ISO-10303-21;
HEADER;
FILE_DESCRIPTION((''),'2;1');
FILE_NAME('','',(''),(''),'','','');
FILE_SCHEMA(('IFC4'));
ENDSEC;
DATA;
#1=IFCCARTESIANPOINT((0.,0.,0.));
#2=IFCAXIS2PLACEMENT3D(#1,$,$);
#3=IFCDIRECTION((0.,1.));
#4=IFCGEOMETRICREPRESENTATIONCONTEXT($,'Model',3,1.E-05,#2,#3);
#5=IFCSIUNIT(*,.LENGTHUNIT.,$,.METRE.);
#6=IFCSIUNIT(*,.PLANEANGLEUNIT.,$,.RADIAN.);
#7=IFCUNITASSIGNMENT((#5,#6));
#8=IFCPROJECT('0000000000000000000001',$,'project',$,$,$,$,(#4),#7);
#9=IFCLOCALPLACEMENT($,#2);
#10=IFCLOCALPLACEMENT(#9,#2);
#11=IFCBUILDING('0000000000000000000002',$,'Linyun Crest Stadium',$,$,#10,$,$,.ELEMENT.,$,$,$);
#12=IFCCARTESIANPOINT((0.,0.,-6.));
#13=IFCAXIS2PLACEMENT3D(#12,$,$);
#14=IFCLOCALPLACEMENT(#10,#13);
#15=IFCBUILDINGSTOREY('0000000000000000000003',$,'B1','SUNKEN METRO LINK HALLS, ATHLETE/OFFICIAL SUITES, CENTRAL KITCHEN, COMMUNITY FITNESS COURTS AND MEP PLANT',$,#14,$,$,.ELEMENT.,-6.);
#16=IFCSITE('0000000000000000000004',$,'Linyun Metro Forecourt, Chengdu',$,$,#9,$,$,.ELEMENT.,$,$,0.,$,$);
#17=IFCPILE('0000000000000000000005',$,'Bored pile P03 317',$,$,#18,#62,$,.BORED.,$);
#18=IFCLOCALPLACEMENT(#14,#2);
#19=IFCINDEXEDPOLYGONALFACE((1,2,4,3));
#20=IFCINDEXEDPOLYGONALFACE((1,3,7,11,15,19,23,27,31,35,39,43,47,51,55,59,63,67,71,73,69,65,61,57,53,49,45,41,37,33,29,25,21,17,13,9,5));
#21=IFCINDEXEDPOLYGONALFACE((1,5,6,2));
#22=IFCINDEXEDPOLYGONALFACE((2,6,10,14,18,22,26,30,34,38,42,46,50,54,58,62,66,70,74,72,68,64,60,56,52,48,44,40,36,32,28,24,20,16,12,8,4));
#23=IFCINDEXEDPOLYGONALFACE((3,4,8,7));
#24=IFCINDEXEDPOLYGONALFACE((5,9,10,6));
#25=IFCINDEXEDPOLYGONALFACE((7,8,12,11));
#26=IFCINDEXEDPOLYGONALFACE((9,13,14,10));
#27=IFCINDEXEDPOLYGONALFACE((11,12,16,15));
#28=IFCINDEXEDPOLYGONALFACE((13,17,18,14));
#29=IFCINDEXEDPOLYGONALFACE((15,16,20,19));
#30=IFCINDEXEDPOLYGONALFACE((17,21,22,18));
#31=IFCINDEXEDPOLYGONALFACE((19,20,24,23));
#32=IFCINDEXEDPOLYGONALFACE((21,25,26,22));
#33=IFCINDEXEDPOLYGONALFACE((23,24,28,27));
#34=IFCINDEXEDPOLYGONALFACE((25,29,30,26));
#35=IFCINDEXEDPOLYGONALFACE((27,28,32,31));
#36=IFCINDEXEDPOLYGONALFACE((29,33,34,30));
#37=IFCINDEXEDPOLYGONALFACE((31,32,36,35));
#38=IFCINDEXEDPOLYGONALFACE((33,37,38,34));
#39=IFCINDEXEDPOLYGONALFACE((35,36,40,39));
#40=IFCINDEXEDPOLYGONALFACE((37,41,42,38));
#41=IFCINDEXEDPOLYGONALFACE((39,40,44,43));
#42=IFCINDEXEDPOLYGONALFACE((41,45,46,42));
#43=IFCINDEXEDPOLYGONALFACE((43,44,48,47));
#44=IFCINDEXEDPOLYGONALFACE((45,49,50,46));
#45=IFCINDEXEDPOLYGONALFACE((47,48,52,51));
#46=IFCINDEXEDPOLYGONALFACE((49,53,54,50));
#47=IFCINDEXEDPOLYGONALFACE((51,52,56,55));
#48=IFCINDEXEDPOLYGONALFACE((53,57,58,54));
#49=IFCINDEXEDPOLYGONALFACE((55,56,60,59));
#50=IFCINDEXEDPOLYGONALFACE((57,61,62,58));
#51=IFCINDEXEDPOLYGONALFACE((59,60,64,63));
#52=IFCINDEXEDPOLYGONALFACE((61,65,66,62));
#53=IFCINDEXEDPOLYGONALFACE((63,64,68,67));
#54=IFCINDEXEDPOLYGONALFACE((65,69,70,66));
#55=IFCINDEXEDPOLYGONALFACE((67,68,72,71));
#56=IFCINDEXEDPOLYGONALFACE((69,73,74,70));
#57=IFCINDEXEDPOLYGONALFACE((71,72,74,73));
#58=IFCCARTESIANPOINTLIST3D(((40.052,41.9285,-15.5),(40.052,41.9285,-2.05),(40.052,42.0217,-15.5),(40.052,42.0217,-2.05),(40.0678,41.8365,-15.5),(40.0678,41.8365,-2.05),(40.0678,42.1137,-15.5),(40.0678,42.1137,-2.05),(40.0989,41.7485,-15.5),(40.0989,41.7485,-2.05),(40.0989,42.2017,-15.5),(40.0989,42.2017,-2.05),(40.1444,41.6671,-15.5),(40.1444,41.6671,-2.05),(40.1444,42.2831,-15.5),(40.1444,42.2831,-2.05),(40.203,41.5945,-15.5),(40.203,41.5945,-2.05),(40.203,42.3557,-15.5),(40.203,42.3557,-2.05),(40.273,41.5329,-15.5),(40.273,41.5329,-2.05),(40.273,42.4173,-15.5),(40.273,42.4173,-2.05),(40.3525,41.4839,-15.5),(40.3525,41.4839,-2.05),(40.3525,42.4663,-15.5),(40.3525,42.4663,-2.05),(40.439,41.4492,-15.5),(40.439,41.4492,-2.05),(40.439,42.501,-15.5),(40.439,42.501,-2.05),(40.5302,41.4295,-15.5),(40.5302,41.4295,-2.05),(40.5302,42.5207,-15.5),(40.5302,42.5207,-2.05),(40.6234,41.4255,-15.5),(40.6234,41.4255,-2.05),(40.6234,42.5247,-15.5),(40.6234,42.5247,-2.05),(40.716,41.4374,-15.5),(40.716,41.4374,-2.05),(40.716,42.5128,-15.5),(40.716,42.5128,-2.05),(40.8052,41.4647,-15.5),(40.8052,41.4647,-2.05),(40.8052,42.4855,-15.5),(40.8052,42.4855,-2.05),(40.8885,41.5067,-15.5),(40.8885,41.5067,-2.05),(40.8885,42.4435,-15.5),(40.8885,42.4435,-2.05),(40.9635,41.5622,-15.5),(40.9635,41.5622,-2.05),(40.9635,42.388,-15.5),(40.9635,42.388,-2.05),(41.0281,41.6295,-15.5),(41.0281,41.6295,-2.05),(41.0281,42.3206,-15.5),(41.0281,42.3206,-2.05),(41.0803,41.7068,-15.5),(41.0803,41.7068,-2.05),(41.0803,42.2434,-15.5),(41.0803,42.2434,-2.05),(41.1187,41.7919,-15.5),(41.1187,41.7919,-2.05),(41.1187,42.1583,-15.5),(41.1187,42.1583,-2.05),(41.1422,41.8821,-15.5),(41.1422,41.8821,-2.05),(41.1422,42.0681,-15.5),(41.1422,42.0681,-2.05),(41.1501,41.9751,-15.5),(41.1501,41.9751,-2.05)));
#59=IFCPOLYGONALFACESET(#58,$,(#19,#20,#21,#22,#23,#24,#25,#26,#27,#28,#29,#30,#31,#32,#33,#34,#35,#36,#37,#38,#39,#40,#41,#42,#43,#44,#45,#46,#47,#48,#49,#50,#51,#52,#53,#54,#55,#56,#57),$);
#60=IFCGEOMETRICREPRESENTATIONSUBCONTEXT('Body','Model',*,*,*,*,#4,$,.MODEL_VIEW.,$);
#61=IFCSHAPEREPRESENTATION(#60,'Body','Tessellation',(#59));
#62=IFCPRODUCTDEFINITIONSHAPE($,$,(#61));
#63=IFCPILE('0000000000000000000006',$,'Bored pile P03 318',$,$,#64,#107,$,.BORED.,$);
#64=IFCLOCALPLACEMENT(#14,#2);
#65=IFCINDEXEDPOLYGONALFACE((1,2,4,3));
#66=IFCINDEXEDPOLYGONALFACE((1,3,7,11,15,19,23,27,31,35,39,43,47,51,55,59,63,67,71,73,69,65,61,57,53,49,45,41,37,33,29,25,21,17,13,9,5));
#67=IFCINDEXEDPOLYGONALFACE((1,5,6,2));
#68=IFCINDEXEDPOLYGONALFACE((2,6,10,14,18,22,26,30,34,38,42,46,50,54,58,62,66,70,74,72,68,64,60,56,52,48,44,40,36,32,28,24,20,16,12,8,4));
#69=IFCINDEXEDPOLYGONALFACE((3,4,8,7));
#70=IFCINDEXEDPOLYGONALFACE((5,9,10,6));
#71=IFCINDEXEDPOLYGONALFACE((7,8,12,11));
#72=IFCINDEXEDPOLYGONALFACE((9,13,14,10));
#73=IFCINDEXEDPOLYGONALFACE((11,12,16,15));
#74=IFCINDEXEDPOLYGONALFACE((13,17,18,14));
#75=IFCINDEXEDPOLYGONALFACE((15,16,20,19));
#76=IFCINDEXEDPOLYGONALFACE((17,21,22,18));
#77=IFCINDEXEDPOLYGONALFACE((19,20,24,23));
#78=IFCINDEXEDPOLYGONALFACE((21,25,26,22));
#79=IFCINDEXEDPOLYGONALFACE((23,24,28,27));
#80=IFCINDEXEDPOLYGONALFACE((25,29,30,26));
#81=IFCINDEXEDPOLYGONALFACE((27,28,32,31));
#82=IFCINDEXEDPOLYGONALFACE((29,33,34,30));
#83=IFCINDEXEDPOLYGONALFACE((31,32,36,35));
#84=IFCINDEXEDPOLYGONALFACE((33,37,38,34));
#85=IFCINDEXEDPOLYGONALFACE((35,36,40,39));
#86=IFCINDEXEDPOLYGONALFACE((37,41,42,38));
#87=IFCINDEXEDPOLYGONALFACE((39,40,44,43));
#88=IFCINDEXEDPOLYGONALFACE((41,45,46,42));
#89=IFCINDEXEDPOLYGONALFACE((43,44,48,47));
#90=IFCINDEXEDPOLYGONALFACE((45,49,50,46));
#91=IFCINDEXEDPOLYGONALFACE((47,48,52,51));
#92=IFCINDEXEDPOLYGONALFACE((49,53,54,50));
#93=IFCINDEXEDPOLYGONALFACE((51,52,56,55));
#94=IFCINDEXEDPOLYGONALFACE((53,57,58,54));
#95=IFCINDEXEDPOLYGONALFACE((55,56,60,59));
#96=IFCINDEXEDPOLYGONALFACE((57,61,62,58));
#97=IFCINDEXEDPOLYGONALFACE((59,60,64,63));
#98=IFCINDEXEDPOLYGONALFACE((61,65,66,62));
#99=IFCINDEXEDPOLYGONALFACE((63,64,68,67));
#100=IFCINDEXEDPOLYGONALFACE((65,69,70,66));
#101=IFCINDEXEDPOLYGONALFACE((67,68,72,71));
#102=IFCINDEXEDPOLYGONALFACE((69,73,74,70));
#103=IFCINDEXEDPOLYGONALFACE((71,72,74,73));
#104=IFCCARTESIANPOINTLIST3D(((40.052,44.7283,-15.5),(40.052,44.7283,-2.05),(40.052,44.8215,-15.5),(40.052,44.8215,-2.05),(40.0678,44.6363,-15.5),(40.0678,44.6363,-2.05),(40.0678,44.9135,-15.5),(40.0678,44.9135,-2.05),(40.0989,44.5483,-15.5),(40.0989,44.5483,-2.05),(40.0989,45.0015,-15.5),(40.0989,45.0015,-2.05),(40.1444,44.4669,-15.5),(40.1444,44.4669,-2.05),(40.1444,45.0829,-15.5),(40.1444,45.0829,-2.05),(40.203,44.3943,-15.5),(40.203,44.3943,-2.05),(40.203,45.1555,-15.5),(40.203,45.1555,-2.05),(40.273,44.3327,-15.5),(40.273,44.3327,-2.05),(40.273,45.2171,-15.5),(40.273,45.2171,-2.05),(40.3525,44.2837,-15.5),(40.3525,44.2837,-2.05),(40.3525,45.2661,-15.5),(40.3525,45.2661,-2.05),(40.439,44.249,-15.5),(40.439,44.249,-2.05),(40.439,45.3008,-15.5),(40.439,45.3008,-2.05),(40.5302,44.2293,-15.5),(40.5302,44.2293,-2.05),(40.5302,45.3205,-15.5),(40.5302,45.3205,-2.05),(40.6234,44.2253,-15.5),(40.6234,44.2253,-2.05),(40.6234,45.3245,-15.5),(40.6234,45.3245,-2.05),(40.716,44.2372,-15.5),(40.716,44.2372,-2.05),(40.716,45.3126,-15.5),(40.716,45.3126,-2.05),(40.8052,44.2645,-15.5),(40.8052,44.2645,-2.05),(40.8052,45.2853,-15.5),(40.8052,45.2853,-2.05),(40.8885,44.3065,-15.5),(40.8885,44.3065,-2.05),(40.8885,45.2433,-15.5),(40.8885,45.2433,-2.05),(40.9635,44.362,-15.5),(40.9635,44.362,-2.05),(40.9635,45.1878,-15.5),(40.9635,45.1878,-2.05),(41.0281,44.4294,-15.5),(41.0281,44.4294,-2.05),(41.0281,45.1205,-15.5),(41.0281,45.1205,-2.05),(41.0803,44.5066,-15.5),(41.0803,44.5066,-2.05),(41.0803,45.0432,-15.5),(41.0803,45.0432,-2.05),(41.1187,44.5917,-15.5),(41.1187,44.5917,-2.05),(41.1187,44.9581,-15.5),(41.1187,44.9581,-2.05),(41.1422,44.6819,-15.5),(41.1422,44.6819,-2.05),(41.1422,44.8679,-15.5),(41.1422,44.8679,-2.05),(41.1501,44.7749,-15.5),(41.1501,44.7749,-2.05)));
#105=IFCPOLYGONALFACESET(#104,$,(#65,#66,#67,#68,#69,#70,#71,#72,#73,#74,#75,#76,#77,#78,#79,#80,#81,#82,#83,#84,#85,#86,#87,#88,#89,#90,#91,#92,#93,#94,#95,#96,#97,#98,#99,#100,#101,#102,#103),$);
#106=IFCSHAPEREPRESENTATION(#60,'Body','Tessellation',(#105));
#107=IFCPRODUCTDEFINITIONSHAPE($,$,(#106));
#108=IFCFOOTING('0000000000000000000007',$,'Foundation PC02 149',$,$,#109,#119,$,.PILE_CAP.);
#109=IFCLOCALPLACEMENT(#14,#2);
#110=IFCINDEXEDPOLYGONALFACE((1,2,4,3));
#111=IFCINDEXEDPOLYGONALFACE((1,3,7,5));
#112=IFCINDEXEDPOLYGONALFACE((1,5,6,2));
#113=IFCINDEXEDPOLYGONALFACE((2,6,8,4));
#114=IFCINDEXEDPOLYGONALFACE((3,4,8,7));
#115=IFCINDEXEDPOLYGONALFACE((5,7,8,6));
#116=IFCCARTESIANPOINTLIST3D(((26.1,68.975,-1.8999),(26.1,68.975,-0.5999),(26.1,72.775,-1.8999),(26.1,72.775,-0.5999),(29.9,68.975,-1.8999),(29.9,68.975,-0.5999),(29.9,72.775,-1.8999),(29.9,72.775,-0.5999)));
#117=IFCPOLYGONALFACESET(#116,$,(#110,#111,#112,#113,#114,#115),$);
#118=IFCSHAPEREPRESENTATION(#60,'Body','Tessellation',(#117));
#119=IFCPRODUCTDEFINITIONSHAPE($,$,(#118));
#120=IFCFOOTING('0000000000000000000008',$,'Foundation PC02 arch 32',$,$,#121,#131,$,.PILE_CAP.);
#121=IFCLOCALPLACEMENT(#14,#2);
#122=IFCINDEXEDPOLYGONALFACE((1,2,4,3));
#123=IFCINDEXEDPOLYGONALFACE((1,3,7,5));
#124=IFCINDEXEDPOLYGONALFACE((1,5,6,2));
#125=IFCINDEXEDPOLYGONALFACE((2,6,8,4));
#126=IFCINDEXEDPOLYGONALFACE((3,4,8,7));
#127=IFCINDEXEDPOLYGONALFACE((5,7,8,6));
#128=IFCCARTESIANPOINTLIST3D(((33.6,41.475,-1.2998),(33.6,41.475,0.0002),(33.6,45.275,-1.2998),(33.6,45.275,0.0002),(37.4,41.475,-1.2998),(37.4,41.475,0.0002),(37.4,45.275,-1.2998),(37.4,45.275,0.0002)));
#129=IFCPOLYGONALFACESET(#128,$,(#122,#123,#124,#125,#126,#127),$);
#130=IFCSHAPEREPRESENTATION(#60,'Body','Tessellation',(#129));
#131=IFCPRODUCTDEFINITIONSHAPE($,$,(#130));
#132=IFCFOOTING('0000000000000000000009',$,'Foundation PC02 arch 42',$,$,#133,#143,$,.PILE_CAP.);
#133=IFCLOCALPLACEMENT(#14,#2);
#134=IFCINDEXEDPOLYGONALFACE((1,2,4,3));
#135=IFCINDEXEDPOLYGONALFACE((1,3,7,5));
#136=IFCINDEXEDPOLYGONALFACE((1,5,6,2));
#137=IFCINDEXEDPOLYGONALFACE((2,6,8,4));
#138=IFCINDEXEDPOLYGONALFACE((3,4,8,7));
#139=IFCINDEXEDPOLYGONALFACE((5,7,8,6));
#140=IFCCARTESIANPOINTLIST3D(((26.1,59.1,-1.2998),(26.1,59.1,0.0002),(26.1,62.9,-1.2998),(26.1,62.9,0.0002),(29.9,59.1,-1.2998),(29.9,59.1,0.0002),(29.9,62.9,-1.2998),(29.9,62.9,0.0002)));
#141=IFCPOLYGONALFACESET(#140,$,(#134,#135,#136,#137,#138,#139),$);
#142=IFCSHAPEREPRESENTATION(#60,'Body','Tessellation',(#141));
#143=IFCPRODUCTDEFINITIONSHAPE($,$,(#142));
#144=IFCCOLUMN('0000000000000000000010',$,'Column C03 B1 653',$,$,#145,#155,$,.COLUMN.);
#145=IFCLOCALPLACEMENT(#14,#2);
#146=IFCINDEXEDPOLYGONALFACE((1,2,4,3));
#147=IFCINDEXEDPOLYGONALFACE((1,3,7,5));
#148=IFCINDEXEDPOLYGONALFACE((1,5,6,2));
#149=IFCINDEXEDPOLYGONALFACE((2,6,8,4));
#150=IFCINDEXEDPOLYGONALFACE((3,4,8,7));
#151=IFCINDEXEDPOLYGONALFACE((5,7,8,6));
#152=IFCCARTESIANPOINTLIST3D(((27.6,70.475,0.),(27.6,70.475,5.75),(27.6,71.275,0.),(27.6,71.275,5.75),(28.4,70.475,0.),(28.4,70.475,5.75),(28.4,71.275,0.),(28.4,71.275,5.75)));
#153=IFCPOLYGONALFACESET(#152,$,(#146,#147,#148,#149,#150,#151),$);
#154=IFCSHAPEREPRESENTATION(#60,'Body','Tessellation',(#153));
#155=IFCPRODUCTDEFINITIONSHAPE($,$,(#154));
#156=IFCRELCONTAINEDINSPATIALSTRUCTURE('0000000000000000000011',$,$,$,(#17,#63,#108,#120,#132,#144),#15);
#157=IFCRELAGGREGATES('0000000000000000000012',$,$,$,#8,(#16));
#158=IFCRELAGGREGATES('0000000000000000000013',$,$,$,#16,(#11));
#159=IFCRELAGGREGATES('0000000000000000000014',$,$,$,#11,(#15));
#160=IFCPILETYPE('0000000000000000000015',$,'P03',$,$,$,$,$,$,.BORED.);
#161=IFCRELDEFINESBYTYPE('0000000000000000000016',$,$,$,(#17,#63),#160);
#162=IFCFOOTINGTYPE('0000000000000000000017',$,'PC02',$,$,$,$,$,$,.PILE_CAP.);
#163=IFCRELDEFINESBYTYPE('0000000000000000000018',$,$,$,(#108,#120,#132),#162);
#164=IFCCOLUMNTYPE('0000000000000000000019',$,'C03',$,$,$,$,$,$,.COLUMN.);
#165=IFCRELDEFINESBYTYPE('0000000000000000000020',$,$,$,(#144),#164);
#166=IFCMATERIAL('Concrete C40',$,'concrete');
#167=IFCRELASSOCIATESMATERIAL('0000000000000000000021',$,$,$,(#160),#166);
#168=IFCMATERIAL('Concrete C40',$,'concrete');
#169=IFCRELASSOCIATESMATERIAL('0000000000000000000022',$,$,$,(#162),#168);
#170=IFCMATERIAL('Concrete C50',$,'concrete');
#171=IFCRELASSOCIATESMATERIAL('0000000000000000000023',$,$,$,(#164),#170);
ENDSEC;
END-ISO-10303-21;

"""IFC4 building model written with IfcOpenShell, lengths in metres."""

from ifc_helpers import new_model, si_unit, direction, frame, origin, origin_2d, place, context, subcontext, project, spatial, rectangle, circle, extrude, material, material_profile, profile_set, type_object, element, save


model = new_model("IFC4")

# Units and contexts
model_context = context("Model", 3, precision=1e-05, world=origin(), true_north=direction((0.0, 1.0)))
body_context = subcontext(model_context, "Body", "Model", "MODEL_VIEW")
ifc_project = project(units=[si_unit("LENGTHUNIT", "METRE"), si_unit("PLANEANGLEUNIT", "RADIAN")], contexts=[model_context])

# Site, building, storey
site_placement = place(None, origin())
site = spatial("IfcSite", under=ifc_project, at=site_placement, Name="Linyun Metro Forecourt, Chengdu", CompositionType="ELEMENT", RefElevation=0.0)
building_placement = place(site_placement, origin())
building = spatial("IfcBuilding", under=site, at=building_placement, Name="Linyun Crest Stadium", CompositionType="ELEMENT")
storey_placement = place(building_placement, frame((0.0, 0.0, -6.0)))
storey = spatial("IfcBuildingStorey", under=building, at=storey_placement, Name="B1", Description="SUNKEN METRO LINK HALLS, ATHLETE/OFFICIAL SUITES, CENTRAL KITCHEN, COMMUNITY FITNESS COURTS AND MEP PLANT", CompositionType="ELEMENT", Elevation=-6.0)

# Piles
ifc_material_1 = material(Name="Concrete C40", Category="concrete")
ifc_material_profile_1 = material_profile(ifc_material_1, circle(Radius=0.55, at=origin_2d()), Name="BORED PILE 1100")
ifc_profile_set_1 = profile_set([ifc_material_profile_1], Name="Concrete C40")
pile_type_1 = type_object("IfcPileType", Name="P03", PredefinedType="BORED", material=ifc_profile_set_1)
for number, where, z_axis, x_axis, name in (
    (1, (40.6001, 41.9751, -2.05), (0.0, 0.0, -1.0), (1.0, 0.0, 0.0), "Bored pile P03 317"),
    (2, (40.6001, 44.7749, -2.05), (0.0, 0.0, -1.0), (1.0, 0.0, 0.0), "Bored pile P03 318"),
):
    element("IfcPile", number, at=place(storey_placement, frame(where, z_axis=z_axis, x_axis=x_axis)), inside=storey, type_object=pile_type_1, Name=name, PredefinedType="BORED", context=body_context, shape_type="SweptSolid", body=[
        extrude(circle(Radius=0.55, at=origin_2d()), origin(), (0.0, 0.0, 1.0), 13.45),
    ])

# Footings
ifc_material_2 = material(Name="Concrete C40", Category="concrete")
footing_type = type_object("IfcFootingType", Name="PC02", PredefinedType="PILE_CAP", material=ifc_material_2)
for number, where, z_axis, x_axis, name in (
    (3, (28.0, 70.875, -1.8999), (0.0, 0.0, 1.0), (1.0, 0.0, 0.0), "Foundation PC02 149"),
    (4, (35.5, 43.375, -1.2998), (0.0, 0.0, 1.0), (1.0, 0.0, 0.0), "Foundation PC02 arch 32"),
    (5, (28.0, 61.0, -1.2998), (0.0, 0.0, 1.0), (1.0, 0.0, 0.0), "Foundation PC02 arch 42"),
):
    element("IfcFooting", number, at=place(storey_placement, frame(where, z_axis=z_axis, x_axis=x_axis)), inside=storey, type_object=footing_type, Name=name, PredefinedType="PILE_CAP", context=body_context, shape_type="SweptSolid", body=[
        extrude(rectangle(XDim=3.8, YDim=3.8, at=origin_2d()), origin(), (0.0, 0.0, 1.0), 1.3),
    ])

# Column
ifc_material_3 = material(Name="Concrete C50", Category="concrete")
ifc_material_profile_2 = material_profile(ifc_material_3, rectangle(XDim=0.8, YDim=0.8, at=origin_2d()), Name="RC 800x800")
ifc_profile_set_2 = profile_set([ifc_material_profile_2], Name="Concrete C50")
column_type_1 = type_object("IfcColumnType", Name="C03", PredefinedType="COLUMN", material=ifc_profile_set_2)
column_placement = place(storey_placement, frame((28.0, 70.875, 0.0), z_axis=(0.0, 0.0, 1.0), x_axis=(1.0, 0.0, 0.0)))
element("IfcColumn", 6, at=column_placement, inside=storey, type_object=column_type_1, Name="Column C03 B1 653", PredefinedType="COLUMN", context=body_context, shape_type="SweptSolid", body=[
    extrude(rectangle(XDim=0.8, YDim=0.8, at=origin_2d()), origin(), (0.0, 0.0, 1.0), 5.75),
])

save(model, "model.ifc")
